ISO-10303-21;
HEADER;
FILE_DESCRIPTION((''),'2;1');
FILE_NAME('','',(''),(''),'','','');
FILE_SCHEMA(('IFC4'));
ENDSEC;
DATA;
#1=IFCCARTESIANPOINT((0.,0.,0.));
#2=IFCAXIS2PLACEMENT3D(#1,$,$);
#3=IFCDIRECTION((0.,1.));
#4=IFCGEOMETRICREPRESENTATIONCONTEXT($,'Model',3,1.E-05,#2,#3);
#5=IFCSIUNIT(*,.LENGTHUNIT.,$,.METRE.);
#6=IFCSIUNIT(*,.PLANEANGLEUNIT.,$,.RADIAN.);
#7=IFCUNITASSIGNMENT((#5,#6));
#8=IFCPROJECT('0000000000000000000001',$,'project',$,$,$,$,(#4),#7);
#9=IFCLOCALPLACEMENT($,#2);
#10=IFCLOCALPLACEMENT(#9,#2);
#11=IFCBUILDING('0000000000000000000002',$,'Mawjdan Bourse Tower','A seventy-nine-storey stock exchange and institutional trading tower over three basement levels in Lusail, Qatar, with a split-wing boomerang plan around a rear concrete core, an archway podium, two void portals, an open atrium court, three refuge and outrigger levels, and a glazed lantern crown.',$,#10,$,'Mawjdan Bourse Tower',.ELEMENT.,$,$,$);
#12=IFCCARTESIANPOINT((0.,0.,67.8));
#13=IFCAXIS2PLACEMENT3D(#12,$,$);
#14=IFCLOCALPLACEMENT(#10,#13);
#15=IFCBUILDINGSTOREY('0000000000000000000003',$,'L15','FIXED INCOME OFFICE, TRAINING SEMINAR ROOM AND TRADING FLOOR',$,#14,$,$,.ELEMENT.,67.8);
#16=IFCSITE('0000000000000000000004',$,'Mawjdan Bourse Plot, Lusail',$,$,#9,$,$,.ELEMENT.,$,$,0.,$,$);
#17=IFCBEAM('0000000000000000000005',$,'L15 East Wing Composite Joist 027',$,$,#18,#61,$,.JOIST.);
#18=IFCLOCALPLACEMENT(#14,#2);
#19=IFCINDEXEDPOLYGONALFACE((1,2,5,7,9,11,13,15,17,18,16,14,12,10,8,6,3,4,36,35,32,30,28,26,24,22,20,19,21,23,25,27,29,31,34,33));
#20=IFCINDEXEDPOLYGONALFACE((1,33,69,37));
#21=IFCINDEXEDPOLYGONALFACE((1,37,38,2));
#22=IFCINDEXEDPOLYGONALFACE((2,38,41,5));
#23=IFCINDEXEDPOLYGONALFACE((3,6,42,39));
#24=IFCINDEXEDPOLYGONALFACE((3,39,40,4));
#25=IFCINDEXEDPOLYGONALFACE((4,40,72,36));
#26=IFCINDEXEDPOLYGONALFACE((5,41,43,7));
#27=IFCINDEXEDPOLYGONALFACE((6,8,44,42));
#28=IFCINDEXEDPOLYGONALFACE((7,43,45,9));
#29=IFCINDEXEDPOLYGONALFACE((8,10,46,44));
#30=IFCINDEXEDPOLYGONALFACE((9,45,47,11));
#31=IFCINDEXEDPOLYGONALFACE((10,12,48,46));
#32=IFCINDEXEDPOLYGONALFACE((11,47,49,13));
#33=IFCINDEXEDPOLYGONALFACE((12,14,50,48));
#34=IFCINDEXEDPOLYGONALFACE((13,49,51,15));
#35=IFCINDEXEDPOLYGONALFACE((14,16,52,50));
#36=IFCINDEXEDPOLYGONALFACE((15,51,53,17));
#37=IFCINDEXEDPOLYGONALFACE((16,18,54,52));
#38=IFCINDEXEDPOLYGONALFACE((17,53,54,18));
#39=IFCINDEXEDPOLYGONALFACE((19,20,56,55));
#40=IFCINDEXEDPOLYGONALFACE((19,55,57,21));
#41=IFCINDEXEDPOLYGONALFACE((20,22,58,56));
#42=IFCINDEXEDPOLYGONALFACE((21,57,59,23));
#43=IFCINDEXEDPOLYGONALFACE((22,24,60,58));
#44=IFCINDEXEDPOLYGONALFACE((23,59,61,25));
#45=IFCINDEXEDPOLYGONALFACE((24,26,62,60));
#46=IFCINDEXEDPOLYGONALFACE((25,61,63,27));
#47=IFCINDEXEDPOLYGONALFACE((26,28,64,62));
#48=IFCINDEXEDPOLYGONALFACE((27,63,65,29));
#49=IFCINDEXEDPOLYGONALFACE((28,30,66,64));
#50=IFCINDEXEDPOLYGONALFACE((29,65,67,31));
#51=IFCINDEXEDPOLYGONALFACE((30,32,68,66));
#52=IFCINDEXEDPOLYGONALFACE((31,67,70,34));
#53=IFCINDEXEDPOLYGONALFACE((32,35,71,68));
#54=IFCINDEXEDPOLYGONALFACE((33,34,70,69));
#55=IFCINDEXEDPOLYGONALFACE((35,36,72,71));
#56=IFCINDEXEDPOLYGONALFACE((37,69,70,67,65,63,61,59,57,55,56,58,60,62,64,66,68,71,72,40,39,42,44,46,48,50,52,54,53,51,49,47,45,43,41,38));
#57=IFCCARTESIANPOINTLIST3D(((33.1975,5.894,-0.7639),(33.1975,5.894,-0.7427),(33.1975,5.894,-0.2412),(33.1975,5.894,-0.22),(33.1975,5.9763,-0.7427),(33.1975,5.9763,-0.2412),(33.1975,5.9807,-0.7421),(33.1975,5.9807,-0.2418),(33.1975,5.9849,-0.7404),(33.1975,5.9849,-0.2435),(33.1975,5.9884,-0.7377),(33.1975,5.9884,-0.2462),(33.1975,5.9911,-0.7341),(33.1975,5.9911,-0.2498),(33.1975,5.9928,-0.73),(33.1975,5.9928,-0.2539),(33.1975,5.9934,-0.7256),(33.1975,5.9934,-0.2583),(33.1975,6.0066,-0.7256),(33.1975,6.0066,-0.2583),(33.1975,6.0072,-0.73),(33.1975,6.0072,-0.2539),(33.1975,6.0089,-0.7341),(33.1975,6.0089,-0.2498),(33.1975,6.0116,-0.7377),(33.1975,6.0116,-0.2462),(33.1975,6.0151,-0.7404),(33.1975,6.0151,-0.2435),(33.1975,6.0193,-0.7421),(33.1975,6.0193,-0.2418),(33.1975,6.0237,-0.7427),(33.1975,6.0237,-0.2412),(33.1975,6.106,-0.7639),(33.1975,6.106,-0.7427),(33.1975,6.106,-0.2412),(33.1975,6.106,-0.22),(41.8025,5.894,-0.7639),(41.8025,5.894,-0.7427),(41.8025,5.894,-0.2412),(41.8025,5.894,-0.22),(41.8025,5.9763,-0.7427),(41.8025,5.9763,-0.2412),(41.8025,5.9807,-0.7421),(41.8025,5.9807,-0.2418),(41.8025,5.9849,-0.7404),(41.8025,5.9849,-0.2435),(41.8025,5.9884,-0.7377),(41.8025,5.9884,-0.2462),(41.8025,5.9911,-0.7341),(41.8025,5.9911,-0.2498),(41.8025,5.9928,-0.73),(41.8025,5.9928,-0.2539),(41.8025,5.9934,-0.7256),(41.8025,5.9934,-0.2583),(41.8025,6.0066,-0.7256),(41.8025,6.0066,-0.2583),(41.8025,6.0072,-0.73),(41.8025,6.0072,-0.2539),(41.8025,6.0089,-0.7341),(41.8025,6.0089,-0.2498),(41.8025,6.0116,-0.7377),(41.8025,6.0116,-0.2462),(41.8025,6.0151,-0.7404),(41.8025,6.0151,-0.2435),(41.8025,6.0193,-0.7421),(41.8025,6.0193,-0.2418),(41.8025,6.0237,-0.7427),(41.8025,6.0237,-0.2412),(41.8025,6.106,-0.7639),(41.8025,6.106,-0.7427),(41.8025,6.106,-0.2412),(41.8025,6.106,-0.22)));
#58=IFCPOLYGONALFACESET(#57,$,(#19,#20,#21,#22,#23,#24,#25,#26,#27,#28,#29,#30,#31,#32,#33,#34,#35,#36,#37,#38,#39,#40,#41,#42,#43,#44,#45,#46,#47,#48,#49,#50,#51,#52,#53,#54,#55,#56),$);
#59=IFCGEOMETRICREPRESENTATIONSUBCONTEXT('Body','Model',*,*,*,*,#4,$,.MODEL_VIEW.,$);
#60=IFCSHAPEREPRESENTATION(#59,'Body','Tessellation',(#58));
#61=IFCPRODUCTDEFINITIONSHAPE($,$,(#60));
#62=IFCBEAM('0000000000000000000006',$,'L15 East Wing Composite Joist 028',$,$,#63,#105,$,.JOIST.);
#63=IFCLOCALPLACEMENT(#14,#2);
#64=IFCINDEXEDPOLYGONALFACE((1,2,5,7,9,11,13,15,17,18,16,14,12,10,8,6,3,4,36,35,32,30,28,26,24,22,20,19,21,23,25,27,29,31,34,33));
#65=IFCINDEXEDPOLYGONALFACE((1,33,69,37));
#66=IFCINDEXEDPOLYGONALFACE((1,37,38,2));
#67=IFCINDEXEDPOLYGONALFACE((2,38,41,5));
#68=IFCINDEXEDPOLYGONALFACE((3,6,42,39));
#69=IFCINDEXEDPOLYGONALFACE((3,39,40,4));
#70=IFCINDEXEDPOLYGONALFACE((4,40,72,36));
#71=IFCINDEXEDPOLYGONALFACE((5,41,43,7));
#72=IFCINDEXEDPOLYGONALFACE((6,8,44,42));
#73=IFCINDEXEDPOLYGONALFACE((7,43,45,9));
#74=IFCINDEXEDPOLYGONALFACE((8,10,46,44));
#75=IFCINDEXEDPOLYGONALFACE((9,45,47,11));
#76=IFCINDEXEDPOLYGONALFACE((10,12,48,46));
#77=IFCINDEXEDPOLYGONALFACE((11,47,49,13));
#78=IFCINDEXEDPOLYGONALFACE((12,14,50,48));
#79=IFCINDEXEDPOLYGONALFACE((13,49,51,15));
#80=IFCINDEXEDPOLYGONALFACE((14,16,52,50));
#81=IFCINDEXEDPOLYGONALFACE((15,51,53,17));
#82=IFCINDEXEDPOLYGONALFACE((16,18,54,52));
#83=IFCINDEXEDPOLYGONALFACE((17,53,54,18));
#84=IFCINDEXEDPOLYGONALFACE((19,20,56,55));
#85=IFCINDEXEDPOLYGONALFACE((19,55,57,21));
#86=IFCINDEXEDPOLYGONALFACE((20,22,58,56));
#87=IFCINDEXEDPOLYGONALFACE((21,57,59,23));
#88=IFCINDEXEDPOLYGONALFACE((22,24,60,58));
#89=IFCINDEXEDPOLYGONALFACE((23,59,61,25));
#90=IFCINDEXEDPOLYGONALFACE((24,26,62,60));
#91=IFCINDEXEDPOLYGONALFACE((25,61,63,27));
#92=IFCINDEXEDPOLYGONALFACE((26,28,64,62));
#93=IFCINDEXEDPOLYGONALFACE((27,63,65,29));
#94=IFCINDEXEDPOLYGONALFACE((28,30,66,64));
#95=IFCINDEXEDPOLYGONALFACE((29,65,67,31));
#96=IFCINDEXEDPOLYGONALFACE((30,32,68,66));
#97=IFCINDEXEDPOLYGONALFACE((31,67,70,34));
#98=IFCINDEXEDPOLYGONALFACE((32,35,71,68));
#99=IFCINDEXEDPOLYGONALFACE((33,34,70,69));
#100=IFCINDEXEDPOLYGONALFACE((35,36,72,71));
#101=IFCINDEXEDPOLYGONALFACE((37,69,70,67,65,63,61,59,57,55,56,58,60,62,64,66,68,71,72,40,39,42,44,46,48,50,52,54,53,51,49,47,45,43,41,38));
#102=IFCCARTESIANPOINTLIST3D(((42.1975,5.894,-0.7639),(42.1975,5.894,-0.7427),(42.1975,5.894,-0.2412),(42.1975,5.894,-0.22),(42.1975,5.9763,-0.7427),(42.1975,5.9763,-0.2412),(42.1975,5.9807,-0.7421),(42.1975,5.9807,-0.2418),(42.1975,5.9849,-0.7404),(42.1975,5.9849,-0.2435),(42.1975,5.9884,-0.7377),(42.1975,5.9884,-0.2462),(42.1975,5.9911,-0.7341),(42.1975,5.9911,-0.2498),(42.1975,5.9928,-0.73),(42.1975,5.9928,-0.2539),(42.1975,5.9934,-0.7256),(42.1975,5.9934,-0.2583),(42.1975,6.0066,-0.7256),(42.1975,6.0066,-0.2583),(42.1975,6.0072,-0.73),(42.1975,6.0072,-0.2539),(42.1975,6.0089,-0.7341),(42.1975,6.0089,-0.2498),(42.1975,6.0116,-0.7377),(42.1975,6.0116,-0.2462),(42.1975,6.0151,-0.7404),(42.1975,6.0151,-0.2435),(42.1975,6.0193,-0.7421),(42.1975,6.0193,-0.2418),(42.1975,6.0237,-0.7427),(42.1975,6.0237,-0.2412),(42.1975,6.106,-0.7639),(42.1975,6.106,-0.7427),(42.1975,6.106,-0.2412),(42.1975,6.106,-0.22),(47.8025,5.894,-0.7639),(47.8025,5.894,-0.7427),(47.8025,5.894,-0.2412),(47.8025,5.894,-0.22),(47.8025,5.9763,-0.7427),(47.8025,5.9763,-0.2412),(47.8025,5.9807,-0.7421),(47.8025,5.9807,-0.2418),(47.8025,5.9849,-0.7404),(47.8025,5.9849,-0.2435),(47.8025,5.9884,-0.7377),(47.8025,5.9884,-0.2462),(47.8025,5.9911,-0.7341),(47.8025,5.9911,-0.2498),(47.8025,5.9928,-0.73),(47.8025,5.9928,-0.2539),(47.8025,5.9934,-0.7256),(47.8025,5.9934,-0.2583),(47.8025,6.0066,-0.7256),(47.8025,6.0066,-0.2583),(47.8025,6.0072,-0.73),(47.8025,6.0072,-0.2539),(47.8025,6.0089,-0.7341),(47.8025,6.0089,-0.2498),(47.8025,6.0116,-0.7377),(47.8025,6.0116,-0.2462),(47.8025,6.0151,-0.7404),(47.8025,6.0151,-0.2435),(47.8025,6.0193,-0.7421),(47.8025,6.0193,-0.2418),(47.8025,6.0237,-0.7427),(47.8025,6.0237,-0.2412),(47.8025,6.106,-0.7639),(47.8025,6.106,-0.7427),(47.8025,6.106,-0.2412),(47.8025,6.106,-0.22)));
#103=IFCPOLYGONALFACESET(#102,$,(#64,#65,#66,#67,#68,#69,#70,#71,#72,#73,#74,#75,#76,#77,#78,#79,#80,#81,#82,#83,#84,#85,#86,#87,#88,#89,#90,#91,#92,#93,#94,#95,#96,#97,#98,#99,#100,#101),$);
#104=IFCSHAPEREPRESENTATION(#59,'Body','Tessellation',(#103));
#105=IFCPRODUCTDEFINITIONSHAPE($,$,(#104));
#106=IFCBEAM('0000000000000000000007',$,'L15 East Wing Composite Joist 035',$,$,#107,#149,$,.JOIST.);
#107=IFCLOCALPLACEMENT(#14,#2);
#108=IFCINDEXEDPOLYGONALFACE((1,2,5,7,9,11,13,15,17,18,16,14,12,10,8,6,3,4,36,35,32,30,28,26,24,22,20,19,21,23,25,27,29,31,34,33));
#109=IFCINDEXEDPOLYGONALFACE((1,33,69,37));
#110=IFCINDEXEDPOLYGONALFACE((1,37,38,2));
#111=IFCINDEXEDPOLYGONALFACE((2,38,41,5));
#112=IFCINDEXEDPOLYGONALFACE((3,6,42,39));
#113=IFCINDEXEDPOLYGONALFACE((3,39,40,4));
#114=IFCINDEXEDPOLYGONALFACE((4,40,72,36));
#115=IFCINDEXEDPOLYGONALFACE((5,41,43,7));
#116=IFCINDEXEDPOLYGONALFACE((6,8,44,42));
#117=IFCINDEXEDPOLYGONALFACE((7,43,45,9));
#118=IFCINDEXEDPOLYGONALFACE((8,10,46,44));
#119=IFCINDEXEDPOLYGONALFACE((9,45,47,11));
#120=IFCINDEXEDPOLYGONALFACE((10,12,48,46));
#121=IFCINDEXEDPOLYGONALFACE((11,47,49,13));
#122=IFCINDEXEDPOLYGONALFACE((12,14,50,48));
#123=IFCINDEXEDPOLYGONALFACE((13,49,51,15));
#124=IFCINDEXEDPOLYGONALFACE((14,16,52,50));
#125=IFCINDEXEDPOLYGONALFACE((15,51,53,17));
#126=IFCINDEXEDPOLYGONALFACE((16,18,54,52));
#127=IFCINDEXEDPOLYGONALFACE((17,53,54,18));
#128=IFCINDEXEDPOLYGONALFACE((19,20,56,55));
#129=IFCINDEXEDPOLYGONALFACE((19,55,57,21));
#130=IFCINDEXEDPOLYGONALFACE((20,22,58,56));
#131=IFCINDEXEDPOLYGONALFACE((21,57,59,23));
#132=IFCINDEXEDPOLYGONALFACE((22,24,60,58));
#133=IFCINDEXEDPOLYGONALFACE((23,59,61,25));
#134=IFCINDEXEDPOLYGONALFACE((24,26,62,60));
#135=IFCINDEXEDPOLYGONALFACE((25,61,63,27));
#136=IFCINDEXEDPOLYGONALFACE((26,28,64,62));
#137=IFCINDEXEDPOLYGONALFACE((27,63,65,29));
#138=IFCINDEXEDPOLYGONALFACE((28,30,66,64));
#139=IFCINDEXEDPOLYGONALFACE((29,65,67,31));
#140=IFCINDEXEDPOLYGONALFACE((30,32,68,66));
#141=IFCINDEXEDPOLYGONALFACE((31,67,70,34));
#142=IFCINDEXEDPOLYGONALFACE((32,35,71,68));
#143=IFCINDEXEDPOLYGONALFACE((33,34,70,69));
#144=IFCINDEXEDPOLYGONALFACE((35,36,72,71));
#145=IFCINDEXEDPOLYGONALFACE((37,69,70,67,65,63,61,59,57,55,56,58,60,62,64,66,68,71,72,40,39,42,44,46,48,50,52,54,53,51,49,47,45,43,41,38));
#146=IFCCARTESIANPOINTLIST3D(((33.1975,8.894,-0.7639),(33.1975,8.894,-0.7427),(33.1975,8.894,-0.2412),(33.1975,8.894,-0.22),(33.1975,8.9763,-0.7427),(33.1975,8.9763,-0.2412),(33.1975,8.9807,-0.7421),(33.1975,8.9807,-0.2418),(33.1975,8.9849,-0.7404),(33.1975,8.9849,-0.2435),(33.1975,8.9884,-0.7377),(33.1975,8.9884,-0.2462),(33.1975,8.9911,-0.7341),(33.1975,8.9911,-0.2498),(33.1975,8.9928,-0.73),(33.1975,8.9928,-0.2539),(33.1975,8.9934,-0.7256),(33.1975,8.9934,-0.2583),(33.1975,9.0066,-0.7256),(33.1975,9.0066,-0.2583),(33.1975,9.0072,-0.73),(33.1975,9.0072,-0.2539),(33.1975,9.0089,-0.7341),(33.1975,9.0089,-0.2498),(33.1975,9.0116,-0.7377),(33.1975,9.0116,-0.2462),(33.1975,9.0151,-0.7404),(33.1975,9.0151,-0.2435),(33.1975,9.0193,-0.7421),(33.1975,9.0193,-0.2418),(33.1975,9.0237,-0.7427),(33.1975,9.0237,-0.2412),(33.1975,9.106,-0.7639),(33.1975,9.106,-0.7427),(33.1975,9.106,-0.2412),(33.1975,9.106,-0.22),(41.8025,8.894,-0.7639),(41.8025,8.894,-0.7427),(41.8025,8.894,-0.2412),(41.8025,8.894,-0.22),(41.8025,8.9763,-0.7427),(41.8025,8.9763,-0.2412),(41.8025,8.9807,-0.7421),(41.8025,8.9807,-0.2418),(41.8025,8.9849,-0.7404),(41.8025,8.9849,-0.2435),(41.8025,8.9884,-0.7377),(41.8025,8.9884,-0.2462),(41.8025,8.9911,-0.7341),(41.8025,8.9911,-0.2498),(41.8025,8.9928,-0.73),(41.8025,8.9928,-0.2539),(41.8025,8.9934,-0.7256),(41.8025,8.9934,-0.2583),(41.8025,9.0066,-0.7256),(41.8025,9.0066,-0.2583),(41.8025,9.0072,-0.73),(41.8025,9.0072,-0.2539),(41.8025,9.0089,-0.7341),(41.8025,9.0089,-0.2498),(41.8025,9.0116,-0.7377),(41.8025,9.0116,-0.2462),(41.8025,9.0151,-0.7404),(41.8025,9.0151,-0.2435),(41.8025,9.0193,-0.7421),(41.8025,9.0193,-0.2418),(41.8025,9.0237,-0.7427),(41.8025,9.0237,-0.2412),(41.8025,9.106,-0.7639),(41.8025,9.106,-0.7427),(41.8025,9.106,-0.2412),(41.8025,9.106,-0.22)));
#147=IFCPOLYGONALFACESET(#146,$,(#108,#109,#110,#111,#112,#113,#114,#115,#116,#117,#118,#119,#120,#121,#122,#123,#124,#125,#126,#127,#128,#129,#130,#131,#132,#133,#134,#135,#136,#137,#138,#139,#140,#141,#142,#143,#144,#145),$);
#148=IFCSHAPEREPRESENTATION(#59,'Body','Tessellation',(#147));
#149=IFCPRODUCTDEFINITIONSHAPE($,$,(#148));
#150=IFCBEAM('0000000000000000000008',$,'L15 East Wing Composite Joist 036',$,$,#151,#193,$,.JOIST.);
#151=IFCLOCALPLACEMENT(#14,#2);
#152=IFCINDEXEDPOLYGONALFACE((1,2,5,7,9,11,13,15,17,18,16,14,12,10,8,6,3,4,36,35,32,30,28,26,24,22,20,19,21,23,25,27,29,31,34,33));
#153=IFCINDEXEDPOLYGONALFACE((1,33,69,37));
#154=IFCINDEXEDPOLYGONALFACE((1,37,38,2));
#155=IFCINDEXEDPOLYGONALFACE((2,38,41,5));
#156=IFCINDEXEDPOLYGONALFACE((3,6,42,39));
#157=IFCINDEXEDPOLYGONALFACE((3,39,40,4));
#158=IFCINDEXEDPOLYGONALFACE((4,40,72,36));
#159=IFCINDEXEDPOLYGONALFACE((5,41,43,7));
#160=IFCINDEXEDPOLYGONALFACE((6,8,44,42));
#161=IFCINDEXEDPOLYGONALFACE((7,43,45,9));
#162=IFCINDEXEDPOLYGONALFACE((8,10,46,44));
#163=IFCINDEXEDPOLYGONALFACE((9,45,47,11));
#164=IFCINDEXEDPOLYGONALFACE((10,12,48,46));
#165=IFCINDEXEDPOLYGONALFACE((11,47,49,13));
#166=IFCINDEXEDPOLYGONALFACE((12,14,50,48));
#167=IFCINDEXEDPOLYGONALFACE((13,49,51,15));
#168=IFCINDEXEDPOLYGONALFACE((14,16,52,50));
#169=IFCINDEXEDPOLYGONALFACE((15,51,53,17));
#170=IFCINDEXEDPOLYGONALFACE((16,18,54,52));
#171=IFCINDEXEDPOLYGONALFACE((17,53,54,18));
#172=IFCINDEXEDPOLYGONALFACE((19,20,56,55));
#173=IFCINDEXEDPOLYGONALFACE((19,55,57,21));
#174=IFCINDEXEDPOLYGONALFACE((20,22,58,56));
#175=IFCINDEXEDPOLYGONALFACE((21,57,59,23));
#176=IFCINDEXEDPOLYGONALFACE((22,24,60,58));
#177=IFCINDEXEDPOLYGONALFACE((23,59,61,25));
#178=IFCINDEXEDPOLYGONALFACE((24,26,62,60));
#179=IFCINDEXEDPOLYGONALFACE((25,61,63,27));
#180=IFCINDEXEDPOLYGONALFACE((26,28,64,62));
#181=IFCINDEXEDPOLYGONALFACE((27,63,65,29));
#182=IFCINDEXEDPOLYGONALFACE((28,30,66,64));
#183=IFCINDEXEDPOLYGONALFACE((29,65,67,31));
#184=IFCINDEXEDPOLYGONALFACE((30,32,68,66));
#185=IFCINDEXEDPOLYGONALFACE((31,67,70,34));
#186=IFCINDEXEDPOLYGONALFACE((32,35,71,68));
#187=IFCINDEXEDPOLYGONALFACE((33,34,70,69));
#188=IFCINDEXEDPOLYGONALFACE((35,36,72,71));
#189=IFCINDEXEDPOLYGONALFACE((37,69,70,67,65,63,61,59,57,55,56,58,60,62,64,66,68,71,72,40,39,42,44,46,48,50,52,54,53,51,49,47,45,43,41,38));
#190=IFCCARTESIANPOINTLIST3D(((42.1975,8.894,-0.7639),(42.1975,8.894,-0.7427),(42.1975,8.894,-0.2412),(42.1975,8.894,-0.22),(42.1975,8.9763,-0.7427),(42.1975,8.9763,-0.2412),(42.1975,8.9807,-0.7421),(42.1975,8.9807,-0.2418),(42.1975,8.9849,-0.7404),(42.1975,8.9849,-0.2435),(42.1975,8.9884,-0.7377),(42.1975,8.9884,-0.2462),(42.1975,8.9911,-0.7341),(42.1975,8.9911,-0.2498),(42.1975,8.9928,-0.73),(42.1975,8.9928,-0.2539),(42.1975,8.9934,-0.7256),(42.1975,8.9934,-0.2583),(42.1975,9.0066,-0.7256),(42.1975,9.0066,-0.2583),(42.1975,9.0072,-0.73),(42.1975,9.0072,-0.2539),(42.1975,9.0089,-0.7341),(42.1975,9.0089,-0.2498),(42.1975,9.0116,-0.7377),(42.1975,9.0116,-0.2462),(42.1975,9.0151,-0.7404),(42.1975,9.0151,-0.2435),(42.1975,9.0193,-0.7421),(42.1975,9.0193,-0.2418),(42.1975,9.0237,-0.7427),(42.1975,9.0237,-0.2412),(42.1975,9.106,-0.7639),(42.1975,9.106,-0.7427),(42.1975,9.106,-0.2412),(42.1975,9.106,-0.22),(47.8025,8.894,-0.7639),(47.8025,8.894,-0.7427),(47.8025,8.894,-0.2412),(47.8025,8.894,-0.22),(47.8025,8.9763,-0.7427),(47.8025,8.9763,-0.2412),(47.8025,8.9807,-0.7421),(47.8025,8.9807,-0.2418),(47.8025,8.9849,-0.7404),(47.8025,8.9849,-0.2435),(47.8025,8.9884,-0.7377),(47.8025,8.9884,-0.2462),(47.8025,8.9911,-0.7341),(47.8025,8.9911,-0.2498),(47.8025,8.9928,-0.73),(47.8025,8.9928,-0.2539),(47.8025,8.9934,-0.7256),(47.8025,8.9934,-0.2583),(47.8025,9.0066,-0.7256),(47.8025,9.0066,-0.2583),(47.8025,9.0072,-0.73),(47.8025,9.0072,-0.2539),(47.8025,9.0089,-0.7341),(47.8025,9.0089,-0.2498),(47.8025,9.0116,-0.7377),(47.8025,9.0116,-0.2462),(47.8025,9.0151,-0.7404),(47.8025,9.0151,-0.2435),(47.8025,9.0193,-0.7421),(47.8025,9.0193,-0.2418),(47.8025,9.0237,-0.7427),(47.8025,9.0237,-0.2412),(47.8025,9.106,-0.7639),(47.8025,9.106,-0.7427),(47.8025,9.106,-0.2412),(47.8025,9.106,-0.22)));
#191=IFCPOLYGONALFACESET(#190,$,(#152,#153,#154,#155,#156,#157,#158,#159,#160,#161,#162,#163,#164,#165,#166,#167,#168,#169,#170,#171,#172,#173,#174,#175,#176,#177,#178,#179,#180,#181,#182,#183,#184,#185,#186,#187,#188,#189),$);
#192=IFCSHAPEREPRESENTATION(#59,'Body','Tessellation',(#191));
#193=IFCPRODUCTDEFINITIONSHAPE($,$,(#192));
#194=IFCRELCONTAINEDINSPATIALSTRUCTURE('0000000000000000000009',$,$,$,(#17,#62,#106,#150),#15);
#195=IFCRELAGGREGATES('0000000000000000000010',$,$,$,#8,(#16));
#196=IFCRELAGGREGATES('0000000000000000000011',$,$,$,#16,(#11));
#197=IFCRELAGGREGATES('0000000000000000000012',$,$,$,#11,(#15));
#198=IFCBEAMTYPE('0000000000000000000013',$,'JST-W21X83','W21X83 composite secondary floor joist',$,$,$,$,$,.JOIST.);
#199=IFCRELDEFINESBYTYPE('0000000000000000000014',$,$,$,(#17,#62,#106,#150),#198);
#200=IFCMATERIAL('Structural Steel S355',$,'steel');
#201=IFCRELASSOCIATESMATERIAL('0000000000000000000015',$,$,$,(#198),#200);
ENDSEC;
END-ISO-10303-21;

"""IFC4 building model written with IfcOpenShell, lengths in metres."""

from ifc_helpers import new_model, si_unit, direction, frame, origin, origin_2d, place, context, subcontext, project, spatial, i_section, extrude, material, material_profile, profile_set, type_object, element, save


model = new_model("IFC4")

# Units and contexts
model_context = context("Model", 3, precision=1e-05, world=origin(), true_north=direction((0.0, 1.0)))
body_context = subcontext(model_context, "Body", "Model", "MODEL_VIEW")
ifc_project = project(units=[si_unit("LENGTHUNIT", "METRE"), si_unit("PLANEANGLEUNIT", "RADIAN")], contexts=[model_context])

# Site, building, storey
site_placement = place(None, origin())
site = spatial("IfcSite", under=ifc_project, at=site_placement, Name="Mawjdan Bourse Plot, Lusail", CompositionType="ELEMENT", RefElevation=0.0)
building_placement = place(site_placement, origin())
building = spatial("IfcBuilding", under=site, at=building_placement, Name="Mawjdan Bourse Tower", Description="A seventy-nine-storey stock exchange and institutional trading tower over three basement levels in Lusail, Qatar, with a split-wing boomerang plan around a rear concrete core, an archway podium, two void portals, an open atrium court, three refuge and outrigger levels, and a glazed lantern crown.", LongName="Mawjdan Bourse Tower", CompositionType="ELEMENT")
storey_placement = place(building_placement, frame((0.0, 0.0, 67.8)))
storey = spatial("IfcBuildingStorey", under=building, at=storey_placement, Name="L15", Description="FIXED INCOME OFFICE, TRAINING SEMINAR ROOM AND TRADING FLOOR", CompositionType="ELEMENT", Elevation=67.8)

# Beams
ifc_material_1 = material(Name="Structural Steel S355", Category="steel")
ifc_material_profile_1 = material_profile(ifc_material_1, i_section(OverallWidth=0.2119, OverallDepth=0.5439, WebThickness=0.0132, FlangeThickness=0.0212, FilletRadius=0.0171, at=origin_2d()), Name="W21X83")
ifc_profile_set_1 = profile_set([ifc_material_profile_1], Name="Structural Steel S355")
beam_type_1 = type_object("IfcBeamType", Name="JST-W21X83", Description="W21X83 composite secondary floor joist", PredefinedType="JOIST", material=ifc_profile_set_1)
beam_1_placement = place(storey_placement, frame((33.1975, 6.0, -0.4919), z_axis=(1.0, 0.0, 0.0), x_axis=(0.0, 1.0, 0.0)))
element("IfcBeam", 1, at=beam_1_placement, inside=storey, type_object=beam_type_1, Name="L15 East Wing Composite Joist 027", PredefinedType="JOIST", context=body_context, shape_type="SweptSolid", body=[
    extrude(i_section(OverallWidth=0.2119, OverallDepth=0.5439, WebThickness=0.0132, FlangeThickness=0.0212, FilletRadius=0.0171, at=origin_2d()), origin(), (0.0, 0.0, 1.0), 8.605),
])
beam_2_placement = place(storey_placement, frame((42.1975, 6.0, -0.4919), z_axis=(1.0, 0.0, 0.0), x_axis=(0.0, 1.0, 0.0)))
element("IfcBeam", 2, at=beam_2_placement, inside=storey, type_object=beam_type_1, Name="L15 East Wing Composite Joist 028", PredefinedType="JOIST", context=body_context, shape_type="SweptSolid", body=[
    extrude(i_section(OverallWidth=0.2119, OverallDepth=0.5439, WebThickness=0.0132, FlangeThickness=0.0212, FilletRadius=0.0171, at=origin_2d()), origin(), (0.0, 0.0, 1.0), 5.605),
])
beam_3_placement = place(storey_placement, frame((33.1975, 9.0, -0.4919), z_axis=(1.0, 0.0, 0.0), x_axis=(0.0, 1.0, 0.0)))
element("IfcBeam", 3, at=beam_3_placement, inside=storey, type_object=beam_type_1, Name="L15 East Wing Composite Joist 035", PredefinedType="JOIST", context=body_context, shape_type="SweptSolid", body=[
    extrude(i_section(OverallWidth=0.2119, OverallDepth=0.5439, WebThickness=0.0132, FlangeThickness=0.0212, FilletRadius=0.0171, at=origin_2d()), origin(), (0.0, 0.0, 1.0), 8.605),
])
beam_4_placement = place(storey_placement, frame((42.1975, 9.0, -0.4919), z_axis=(1.0, 0.0, 0.0), x_axis=(0.0, 1.0, 0.0)))
element("IfcBeam", 4, at=beam_4_placement, inside=storey, type_object=beam_type_1, Name="L15 East Wing Composite Joist 036", PredefinedType="JOIST", context=body_context, shape_type="SweptSolid", body=[
    extrude(i_section(OverallWidth=0.2119, OverallDepth=0.5439, WebThickness=0.0132, FlangeThickness=0.0212, FilletRadius=0.0171, at=origin_2d()), origin(), (0.0, 0.0, 1.0), 5.605),
])

save(model, "model.ifc")
